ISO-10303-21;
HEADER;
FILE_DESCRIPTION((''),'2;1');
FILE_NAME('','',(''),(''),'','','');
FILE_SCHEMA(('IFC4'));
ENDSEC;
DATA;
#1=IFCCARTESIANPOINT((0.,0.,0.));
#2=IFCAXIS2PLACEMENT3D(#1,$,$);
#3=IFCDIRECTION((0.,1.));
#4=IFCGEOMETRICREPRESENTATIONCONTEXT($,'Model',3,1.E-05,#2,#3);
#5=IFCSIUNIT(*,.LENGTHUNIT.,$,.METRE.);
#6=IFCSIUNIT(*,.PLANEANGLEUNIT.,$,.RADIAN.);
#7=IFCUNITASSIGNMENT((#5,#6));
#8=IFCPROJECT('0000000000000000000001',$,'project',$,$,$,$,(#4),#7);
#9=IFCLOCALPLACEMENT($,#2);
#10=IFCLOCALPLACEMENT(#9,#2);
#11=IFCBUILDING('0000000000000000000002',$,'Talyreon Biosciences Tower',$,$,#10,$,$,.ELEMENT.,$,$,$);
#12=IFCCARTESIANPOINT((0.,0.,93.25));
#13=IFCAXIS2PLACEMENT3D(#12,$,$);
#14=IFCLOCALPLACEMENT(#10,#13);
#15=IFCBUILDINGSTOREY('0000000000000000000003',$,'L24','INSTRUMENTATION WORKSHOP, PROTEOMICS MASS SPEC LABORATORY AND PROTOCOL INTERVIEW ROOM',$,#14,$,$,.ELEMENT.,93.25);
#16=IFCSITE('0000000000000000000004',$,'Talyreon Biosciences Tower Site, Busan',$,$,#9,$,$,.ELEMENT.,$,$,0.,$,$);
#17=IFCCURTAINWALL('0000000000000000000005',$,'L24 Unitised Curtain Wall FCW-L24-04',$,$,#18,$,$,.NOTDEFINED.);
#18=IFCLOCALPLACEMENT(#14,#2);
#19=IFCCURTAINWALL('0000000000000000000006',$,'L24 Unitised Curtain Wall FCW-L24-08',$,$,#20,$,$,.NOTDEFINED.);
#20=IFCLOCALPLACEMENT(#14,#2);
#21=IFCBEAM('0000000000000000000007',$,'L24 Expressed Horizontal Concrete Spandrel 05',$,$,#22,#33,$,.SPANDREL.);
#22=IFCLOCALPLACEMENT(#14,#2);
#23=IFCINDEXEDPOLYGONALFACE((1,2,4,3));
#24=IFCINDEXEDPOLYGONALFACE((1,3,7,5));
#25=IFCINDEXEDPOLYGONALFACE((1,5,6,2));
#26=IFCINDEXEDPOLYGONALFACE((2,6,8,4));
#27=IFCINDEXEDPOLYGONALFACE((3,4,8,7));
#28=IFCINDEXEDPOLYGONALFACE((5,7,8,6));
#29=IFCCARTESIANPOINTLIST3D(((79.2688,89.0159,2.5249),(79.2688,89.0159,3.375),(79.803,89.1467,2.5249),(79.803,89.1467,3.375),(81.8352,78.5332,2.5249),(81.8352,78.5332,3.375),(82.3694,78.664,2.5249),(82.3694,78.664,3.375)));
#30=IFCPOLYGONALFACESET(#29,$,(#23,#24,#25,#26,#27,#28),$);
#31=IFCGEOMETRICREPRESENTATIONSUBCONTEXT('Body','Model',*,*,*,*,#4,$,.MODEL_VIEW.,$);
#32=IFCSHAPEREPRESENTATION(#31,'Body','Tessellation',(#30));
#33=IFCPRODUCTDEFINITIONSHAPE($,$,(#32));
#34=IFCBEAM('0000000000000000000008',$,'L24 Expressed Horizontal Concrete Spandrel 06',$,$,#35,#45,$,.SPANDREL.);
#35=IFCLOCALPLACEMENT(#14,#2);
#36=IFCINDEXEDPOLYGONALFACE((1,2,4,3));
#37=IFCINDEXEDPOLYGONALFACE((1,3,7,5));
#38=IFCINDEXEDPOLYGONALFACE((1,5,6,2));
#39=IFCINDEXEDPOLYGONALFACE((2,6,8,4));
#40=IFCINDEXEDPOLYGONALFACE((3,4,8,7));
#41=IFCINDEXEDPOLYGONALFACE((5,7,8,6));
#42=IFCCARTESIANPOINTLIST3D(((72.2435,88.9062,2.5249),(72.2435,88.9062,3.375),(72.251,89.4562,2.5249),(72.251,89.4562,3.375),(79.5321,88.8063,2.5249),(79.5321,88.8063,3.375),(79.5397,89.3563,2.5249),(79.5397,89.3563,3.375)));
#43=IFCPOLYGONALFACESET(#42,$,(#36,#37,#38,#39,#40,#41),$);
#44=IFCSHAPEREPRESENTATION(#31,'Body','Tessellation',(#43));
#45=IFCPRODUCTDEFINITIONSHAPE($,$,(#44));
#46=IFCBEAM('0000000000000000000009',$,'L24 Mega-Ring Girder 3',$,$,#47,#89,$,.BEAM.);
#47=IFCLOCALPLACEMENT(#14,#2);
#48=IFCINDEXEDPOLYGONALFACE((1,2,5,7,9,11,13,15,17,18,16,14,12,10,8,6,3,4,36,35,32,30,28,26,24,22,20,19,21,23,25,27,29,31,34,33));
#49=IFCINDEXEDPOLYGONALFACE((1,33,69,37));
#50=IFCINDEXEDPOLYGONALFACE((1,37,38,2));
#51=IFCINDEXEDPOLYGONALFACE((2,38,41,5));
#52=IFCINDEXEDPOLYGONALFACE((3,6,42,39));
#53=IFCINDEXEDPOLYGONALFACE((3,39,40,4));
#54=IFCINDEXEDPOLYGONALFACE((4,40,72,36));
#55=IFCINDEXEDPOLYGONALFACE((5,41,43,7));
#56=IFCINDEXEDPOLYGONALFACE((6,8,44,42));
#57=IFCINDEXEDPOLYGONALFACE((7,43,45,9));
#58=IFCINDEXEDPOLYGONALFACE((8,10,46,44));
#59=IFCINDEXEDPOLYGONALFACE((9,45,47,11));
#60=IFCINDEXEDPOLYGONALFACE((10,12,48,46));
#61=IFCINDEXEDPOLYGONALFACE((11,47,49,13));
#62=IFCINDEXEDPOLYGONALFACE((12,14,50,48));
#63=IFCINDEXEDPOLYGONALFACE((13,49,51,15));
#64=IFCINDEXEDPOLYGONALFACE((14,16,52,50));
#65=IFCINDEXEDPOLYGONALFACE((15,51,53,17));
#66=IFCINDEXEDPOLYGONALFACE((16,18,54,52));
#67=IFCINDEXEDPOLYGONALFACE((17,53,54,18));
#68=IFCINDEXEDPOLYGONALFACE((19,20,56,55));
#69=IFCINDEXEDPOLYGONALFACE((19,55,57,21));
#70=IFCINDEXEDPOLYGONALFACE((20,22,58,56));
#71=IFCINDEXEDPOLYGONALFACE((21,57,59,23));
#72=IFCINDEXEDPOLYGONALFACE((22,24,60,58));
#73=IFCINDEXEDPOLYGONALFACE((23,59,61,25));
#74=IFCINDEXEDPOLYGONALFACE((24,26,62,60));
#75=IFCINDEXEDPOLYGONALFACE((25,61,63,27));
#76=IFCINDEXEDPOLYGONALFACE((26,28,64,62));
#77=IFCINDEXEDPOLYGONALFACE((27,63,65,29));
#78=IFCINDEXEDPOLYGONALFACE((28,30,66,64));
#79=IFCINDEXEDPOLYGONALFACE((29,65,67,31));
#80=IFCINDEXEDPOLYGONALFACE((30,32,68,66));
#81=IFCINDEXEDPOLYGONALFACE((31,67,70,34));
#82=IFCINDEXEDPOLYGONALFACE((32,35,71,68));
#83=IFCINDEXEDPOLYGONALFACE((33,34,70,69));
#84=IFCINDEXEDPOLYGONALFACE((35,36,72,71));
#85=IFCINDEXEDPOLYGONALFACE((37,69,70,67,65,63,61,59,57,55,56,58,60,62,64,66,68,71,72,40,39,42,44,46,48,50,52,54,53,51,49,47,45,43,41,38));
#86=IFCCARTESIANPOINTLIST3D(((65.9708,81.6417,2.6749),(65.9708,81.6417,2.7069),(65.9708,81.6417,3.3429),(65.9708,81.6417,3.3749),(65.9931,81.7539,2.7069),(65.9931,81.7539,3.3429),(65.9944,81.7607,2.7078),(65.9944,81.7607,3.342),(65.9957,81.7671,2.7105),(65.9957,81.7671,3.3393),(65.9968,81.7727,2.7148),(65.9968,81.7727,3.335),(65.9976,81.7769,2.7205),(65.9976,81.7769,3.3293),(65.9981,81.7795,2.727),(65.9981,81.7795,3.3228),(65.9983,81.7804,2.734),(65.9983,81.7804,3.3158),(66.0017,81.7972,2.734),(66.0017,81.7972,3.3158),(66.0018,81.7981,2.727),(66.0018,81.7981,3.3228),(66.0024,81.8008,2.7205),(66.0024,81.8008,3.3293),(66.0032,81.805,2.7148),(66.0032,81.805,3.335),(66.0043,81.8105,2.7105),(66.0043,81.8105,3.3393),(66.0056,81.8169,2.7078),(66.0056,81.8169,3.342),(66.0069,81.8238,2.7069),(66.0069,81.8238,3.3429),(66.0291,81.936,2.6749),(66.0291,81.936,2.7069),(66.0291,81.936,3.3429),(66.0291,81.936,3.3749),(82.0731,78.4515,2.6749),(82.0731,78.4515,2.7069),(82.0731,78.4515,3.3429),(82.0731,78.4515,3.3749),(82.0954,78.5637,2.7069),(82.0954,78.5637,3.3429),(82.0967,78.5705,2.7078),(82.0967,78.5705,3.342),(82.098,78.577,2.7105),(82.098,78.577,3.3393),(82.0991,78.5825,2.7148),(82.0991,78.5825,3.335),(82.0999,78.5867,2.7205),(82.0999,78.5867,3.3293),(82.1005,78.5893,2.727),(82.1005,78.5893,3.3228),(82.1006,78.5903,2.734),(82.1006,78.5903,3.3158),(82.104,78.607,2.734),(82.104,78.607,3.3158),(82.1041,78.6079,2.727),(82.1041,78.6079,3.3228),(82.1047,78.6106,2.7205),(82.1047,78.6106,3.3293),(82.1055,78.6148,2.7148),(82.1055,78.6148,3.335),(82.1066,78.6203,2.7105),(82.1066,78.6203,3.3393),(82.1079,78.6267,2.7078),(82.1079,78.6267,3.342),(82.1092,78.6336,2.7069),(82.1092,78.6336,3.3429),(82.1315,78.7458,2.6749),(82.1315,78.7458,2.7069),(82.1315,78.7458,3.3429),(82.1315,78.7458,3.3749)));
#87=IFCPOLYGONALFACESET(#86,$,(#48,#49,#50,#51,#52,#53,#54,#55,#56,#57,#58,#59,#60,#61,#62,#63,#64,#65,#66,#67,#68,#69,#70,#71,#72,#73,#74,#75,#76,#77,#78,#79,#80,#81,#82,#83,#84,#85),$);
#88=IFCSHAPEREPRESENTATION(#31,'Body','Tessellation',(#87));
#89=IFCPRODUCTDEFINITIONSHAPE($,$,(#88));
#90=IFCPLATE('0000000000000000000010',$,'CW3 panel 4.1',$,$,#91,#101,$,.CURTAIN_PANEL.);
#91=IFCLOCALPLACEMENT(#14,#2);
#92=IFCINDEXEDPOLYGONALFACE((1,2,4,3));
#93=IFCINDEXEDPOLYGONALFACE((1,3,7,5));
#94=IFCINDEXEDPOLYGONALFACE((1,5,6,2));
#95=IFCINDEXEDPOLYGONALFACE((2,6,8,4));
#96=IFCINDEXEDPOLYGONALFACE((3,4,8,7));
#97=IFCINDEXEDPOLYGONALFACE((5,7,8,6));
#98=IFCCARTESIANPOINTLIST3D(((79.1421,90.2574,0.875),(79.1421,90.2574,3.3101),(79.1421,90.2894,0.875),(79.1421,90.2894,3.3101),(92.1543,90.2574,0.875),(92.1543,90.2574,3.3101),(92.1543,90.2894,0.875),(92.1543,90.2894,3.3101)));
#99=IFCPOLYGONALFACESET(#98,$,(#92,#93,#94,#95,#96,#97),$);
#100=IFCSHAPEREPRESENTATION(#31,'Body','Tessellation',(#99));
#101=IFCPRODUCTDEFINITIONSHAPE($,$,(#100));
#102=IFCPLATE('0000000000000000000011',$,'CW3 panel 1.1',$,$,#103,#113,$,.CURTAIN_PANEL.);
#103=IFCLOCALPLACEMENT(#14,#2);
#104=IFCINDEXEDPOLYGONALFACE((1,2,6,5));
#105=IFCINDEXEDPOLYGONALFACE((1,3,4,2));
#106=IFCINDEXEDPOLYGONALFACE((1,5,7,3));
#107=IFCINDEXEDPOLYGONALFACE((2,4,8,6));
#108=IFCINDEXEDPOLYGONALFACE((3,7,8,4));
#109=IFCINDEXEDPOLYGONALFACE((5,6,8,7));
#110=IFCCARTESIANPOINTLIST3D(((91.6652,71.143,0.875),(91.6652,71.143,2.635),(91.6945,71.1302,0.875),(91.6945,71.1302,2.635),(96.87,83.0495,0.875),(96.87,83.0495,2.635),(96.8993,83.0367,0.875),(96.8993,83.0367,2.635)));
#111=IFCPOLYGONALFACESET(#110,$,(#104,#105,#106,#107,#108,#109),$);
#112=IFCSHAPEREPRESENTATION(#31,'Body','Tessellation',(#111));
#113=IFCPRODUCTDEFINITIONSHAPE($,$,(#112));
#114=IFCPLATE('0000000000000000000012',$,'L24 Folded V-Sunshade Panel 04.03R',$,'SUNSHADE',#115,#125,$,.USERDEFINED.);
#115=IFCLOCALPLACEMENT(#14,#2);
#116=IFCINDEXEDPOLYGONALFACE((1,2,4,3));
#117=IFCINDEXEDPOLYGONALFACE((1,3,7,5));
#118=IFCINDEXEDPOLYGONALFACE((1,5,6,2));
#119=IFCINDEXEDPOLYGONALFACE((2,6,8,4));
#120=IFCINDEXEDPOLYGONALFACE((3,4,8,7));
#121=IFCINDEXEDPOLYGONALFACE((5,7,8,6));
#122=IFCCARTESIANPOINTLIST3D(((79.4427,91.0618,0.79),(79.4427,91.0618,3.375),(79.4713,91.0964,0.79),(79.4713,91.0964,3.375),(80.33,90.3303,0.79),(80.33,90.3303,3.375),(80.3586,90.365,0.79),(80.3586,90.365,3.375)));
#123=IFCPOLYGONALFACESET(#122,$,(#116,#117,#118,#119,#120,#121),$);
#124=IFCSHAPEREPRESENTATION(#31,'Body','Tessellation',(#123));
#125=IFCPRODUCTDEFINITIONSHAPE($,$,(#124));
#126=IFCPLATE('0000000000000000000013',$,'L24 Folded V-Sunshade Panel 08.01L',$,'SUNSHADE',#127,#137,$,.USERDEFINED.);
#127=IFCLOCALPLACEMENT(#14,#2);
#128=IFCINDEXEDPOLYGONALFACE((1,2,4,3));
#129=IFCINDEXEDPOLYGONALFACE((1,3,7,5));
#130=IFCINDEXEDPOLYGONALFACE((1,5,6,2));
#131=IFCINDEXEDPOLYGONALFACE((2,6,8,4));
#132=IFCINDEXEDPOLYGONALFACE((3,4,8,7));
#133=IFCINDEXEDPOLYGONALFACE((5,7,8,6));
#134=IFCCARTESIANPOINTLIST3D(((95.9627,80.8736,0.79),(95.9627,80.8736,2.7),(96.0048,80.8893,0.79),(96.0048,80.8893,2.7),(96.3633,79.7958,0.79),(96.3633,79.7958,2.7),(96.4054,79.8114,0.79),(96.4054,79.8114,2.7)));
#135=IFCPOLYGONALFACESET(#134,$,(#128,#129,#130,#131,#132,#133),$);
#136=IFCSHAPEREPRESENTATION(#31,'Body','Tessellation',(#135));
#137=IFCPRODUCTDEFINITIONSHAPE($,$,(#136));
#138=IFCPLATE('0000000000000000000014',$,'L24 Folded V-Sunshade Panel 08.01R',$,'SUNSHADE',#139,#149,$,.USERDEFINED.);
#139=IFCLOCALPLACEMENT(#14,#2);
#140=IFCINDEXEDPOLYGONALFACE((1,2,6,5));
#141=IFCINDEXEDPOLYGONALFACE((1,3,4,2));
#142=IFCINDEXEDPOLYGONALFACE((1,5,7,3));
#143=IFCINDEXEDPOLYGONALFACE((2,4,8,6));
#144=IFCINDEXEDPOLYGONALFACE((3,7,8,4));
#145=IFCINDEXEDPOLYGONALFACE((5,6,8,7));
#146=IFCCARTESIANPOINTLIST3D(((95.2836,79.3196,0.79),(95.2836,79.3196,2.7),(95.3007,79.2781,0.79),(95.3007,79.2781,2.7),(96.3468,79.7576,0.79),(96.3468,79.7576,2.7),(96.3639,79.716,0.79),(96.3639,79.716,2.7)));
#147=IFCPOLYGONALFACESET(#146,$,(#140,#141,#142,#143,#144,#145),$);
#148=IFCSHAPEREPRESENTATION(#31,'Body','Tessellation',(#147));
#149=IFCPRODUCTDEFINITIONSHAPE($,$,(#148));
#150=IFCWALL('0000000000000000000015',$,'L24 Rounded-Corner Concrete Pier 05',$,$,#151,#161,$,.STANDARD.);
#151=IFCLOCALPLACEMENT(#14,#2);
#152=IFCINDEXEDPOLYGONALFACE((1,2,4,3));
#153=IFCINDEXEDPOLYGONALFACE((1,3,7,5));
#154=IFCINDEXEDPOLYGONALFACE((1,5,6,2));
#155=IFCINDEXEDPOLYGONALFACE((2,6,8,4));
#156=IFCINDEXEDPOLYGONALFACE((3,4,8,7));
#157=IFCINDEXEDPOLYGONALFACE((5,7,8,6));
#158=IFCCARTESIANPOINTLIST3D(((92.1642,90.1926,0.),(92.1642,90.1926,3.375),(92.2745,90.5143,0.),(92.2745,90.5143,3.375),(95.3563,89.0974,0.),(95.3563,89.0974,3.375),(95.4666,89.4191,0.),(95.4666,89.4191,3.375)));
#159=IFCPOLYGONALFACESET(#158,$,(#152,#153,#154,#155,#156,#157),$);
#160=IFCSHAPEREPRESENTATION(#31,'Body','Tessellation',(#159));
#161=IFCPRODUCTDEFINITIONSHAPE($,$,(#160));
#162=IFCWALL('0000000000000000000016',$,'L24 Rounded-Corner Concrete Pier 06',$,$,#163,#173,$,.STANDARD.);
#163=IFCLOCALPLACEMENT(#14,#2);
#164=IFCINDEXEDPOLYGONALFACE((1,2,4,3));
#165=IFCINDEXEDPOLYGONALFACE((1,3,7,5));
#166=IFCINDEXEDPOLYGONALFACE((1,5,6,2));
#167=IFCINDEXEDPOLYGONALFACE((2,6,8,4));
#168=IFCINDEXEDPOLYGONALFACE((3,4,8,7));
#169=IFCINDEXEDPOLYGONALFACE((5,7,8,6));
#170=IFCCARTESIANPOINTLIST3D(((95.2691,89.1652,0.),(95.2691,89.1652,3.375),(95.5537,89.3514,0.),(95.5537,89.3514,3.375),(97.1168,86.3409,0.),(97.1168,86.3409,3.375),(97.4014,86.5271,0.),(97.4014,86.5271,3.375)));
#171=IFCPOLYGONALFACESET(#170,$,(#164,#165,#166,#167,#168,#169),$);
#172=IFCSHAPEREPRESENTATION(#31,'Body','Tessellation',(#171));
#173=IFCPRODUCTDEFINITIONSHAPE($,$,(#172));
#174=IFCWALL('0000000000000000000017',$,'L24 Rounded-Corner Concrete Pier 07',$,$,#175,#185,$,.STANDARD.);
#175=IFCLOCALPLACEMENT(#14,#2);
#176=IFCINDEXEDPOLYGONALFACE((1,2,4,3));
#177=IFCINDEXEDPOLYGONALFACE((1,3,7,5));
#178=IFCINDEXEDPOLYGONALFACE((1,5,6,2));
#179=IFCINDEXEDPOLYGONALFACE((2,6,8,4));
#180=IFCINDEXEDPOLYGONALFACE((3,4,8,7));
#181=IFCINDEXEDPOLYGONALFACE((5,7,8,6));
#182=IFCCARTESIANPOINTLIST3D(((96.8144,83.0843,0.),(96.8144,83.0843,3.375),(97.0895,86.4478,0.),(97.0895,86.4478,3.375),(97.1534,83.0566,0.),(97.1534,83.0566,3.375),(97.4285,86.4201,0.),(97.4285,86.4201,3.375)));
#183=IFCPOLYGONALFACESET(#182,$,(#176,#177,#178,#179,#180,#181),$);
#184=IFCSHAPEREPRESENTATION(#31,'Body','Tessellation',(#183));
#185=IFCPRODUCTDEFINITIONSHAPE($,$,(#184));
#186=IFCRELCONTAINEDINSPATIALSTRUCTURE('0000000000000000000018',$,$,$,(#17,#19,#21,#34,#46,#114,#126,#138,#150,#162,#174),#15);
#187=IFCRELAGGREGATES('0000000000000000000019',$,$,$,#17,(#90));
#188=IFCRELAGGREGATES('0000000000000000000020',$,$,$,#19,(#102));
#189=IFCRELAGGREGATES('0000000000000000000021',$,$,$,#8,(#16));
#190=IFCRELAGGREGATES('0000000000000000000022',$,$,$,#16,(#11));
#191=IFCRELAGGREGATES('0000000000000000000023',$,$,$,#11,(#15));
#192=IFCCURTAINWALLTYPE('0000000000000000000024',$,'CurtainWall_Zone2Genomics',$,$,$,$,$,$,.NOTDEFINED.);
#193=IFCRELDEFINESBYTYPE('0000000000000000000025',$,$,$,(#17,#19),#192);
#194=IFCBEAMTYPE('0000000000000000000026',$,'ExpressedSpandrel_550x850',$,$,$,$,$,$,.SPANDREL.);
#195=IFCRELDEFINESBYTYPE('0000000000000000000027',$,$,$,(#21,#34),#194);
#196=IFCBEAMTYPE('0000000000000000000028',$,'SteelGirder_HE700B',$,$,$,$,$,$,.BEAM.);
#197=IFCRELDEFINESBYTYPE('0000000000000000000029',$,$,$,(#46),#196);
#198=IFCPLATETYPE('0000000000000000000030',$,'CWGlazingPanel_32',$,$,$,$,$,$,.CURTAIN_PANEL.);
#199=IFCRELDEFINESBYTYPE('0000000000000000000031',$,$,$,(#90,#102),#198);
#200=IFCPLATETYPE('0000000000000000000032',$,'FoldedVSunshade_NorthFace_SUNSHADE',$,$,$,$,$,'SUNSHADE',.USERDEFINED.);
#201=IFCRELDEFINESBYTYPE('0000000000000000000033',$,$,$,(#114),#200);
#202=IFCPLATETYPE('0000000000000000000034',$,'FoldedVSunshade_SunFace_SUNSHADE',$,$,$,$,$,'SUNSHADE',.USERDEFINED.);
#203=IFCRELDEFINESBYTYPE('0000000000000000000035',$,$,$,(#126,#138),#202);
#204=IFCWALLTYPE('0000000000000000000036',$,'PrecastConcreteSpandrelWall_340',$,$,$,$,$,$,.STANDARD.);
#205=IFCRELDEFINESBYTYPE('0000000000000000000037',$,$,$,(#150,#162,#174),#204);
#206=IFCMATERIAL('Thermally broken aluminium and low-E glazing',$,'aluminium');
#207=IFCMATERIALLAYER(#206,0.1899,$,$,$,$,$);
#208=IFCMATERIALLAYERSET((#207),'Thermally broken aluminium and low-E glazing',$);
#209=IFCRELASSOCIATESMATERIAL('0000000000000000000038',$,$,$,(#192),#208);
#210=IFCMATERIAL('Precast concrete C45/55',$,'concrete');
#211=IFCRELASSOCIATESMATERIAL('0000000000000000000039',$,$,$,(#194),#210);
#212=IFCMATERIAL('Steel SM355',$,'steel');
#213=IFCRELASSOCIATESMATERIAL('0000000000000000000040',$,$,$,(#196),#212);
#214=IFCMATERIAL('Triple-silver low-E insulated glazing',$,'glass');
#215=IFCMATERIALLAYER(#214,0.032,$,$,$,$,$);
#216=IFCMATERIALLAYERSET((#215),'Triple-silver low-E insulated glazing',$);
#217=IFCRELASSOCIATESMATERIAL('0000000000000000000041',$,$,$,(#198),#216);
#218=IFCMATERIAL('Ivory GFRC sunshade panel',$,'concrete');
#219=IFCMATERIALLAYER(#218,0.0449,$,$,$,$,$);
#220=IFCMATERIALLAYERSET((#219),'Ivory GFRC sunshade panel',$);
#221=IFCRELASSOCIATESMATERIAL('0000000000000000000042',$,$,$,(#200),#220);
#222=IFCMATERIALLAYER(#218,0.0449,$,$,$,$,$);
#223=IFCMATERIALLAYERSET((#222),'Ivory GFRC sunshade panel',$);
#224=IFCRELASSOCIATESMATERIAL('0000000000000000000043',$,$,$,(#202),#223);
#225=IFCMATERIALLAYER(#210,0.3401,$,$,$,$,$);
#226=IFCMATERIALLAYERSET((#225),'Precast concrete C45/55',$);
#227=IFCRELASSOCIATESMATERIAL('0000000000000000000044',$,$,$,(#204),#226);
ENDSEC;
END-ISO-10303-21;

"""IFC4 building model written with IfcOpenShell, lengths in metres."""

from ifc_helpers import new_model, si_unit, direction, frame, frame_2d, origin, origin_2d, place, context, subcontext, project, spatial, rectangle, i_section, extrude, material, layer, layer_set, material_profile, profile_set, type_object, element, aggregate, save


model = new_model("IFC4")

# Units and contexts
model_context = context("Model", 3, precision=1e-05, world=origin(), true_north=direction((0.0, 1.0)))
body_context = subcontext(model_context, "Body", "Model", "MODEL_VIEW")
ifc_project = project(units=[si_unit("LENGTHUNIT", "METRE"), si_unit("PLANEANGLEUNIT", "RADIAN")], contexts=[model_context])

# Site, building, storey
site_placement = place(None, origin())
site = spatial("IfcSite", under=ifc_project, at=site_placement, Name="Talyreon Biosciences Tower Site, Busan", CompositionType="ELEMENT", RefElevation=0.0)
building_placement = place(site_placement, origin())
building = spatial("IfcBuilding", under=site, at=building_placement, Name="Talyreon Biosciences Tower", CompositionType="ELEMENT")
storey_placement = place(building_placement, frame((0.0, 0.0, 93.25)))
storey = spatial("IfcBuildingStorey", under=building, at=storey_placement, Name="L24", Description="INSTRUMENTATION WORKSHOP, PROTEOMICS MASS SPEC LABORATORY AND PROTOCOL INTERVIEW ROOM", CompositionType="ELEMENT", Elevation=93.25)

# Curtain walls
ifc_material_1 = material(Name="Thermally broken aluminium and low-E glazing", Category="aluminium")
ifc_layer_1 = layer(ifc_material_1, 0.1899)
ifc_layer_set_1 = layer_set([ifc_layer_1], Name="Thermally broken aluminium and low-E glazing")
curtain_wall_type = type_object("IfcCurtainWallType", Name="CurtainWall_Zone2Genomics", PredefinedType="NOTDEFINED", material=ifc_layer_set_1)
curtain_wall_1_placement = place(storey_placement, origin())
curtain_wall_1 = element("IfcCurtainWall", 1, at=curtain_wall_1_placement, inside=storey, type_object=curtain_wall_type, Name="L24 Unitised Curtain Wall FCW-L24-04", PredefinedType="NOTDEFINED")
curtain_wall_2_placement = place(storey_placement, origin())
curtain_wall_2 = element("IfcCurtainWall", 2, at=curtain_wall_2_placement, inside=storey, type_object=curtain_wall_type, Name="L24 Unitised Curtain Wall FCW-L24-08", PredefinedType="NOTDEFINED")

# Beams
ifc_material_2 = material(Name="Precast concrete C45/55", Category="concrete")
ifc_material_profile_1 = material_profile(ifc_material_2, rectangle(XDim=0.55, YDim=0.8501, at=origin_2d()), Name="RCB 550x850")
ifc_profile_set_1 = profile_set([ifc_material_profile_1], Name="Precast concrete C45/55")
beam_type_1 = type_object("IfcBeamType", Name="ExpressedSpandrel_550x850", PredefinedType="SPANDREL", material=ifc_profile_set_1)
beam_1_placement = place(storey_placement, frame((82.1023, 78.5986, 2.95), z_axis=(-0.237801, 0.971314, 0.0), x_axis=(-0.971314, -0.237801, 0.0)))
element("IfcBeam", 3, at=beam_1_placement, inside=storey, type_object=beam_type_1, Name="L24 Expressed Horizontal Concrete Spandrel 05", PredefinedType="SPANDREL", context=body_context, shape_type="SweptSolid", body=[
    extrude(rectangle(XDim=0.55, YDim=0.8501, at=origin_2d()), origin(), (0.0, 0.0, 1.0), 10.7922),
])
beam_2_placement = place(storey_placement, frame((79.5359, 89.0813, 2.95), z_axis=(-0.999906, 0.013699, 0.0), x_axis=(-0.013699, -0.999906, 0.0)))
element("IfcBeam", 4, at=beam_2_placement, inside=storey, type_object=beam_type_1, Name="L24 Expressed Horizontal Concrete Spandrel 06", PredefinedType="SPANDREL", context=body_context, shape_type="SweptSolid", body=[
    extrude(rectangle(XDim=0.55, YDim=0.8501, at=origin_2d()), origin(), (0.0, 0.0, 1.0), 7.2893),
])
ifc_material_3 = material(Name="Steel SM355", Category="steel")
ifc_material_profile_2 = material_profile(ifc_material_3, i_section(OverallWidth=0.3, OverallDepth=0.7, WebThickness=0.0171, FlangeThickness=0.032, FilletRadius=0.0271, at=origin_2d()), Name="HE700B")
ifc_profile_set_2 = profile_set([ifc_material_profile_2], Name="Steel SM355")
beam_type_2 = type_object("IfcBeamType", Name="SteelGirder_HE700B", PredefinedType="BEAM", material=ifc_profile_set_2)
beam_3_placement = place(storey_placement, frame((82.1023, 78.5986, 3.0249), z_axis=(-0.980934, 0.194343, 0.0), x_axis=(-0.194343, -0.980934, 0.0)))
element("IfcBeam", 5, at=beam_3_placement, inside=storey, type_object=beam_type_2, Name="L24 Mega-Ring Girder 3", PredefinedType="BEAM", context=body_context, shape_type="SweptSolid", body=[
    extrude(i_section(OverallWidth=0.3, OverallDepth=0.7, WebThickness=0.0171, FlangeThickness=0.032, FilletRadius=0.0271, at=origin_2d()), origin(), (0.0, 0.0, 1.0), 16.4153),
])

# Plates
ifc_material_4 = material(Name="Triple-silver low-E insulated glazing", Category="glass")
ifc_layer_2 = layer(ifc_material_4, 0.032)
ifc_layer_set_2 = layer_set([ifc_layer_2], Name="Triple-silver low-E insulated glazing")
plate_type_1 = type_object("IfcPlateType", Name="CWGlazingPanel_32", PredefinedType="CURTAIN_PANEL", material=ifc_layer_set_2)
plate_1_placement = place(storey_placement, frame((85.6482, 90.2734, 0.875), z_axis=(0.0, 0.0, 1.0), x_axis=(1.0, 0.0, 0.0)))
plate_1 = element("IfcPlate", 6, at=plate_1_placement, type_object=plate_type_1, Name="CW3 panel 4.1", PredefinedType="CURTAIN_PANEL", context=body_context, shape_type="SweptSolid", body=[
    extrude(rectangle(XDim=13.0122, YDim=0.032, at=origin_2d()), origin(), (0.0, 0.0, 1.0), 2.4351),
])
aggregate(curtain_wall_1, [plate_1])
plate_2_placement = place(storey_placement, frame((94.2822, 77.0898, 0.875), z_axis=(0.0, 0.0, 1.0), x_axis=(-0.400542, -0.916278, 0.0)))
plate_2 = element("IfcPlate", 7, at=plate_2_placement, type_object=plate_type_1, Name="CW3 panel 1.1", PredefinedType="CURTAIN_PANEL", context=body_context, shape_type="SweptSolid", body=[
    extrude(rectangle(XDim=12.9944, YDim=0.032, at=origin_2d()), origin(), (0.0, 0.0, 1.0), 1.76),
])
aggregate(curtain_wall_2, [plate_2])

# Plates
ifc_material_5 = material(Name="Ivory GFRC sunshade panel", Category="concrete")
ifc_layer_3 = layer(ifc_material_5, 0.0449)
ifc_layer_set_3 = layer_set([ifc_layer_3], Name="Ivory GFRC sunshade panel")
plate_type_2 = type_object("IfcPlateType", Name="FoldedVSunshade_NorthFace_SUNSHADE", ElementType="SUNSHADE", PredefinedType="USERDEFINED", material=ifc_layer_set_3)
plate_3_placement = place(storey_placement, frame((79.9006, 90.7134, 0.79), z_axis=(0.0, 0.0, 1.0), x_axis=(0.771625, -0.636078, 0.0)))
element("IfcPlate", 8, at=plate_3_placement, inside=storey, type_object=plate_type_2, Name="L24 Folded V-Sunshade Panel 04.03R", ObjectType="SUNSHADE", PredefinedType="USERDEFINED", context=body_context, shape_type="SweptSolid", body=[
    extrude(rectangle(XDim=1.1499, YDim=0.0449, at=origin_2d()), origin(), (0.0, 0.0, 1.0), 2.585),
])
ifc_layer_4 = layer(ifc_material_5, 0.0449)
ifc_layer_set_4 = layer_set([ifc_layer_4], Name="Ivory GFRC sunshade panel")
plate_type_3 = type_object("IfcPlateType", Name="FoldedVSunshade_SunFace_SUNSHADE", ElementType="SUNSHADE", PredefinedType="USERDEFINED", material=ifc_layer_set_4)
for number, where, z_axis, x_axis, name in (
    (9, (96.1841, 80.3425, 0.79), (0.0, 0.0, 1.0), (0.348376, -0.937355, 0.0), "L24 Folded V-Sunshade Panel 08.01L"),
    (10, (95.8237, 79.5178, 0.79), (0.0, 0.0, 1.0), (-0.924626, -0.380877, 0.0), "L24 Folded V-Sunshade Panel 08.01R"),
):
    element("IfcPlate", number, at=place(storey_placement, frame(where, z_axis=z_axis, x_axis=x_axis)), inside=storey, type_object=plate_type_3, Name=name, ObjectType="SUNSHADE", PredefinedType="USERDEFINED", context=body_context, shape_type="SweptSolid", body=[
        extrude(rectangle(XDim=1.1499, YDim=0.0449, at=origin_2d()), origin(), (0.0, 0.0, 1.0), 1.9099),
    ])

# Walls
ifc_layer_5 = layer(ifc_material_2, 0.3401)
ifc_layer_set_5 = layer_set([ifc_layer_5], Name="Precast concrete C45/55")
wall_type = type_object("IfcWallType", Name="PrecastConcreteSpandrelWall_340", PredefinedType="STANDARD", material=ifc_layer_set_5)
wall_1_placement = place(storey_placement, frame((92.2192, 90.3535, 0.0), z_axis=(0.0, 0.0, 1.0), x_axis=(0.945876, -0.324528, 0.0)))
element("IfcWall", 11, at=wall_1_placement, inside=storey, type_object=wall_type, Name="L24 Rounded-Corner Concrete Pier 05", PredefinedType="STANDARD", context=body_context, shape_type="SweptSolid", body=[
    extrude(rectangle(XDim=3.3748, YDim=0.3401, at=frame_2d((1.6875, 0.0))), origin(), (0.0, 0.0, 1.0), 3.375),
])
wall_2_placement = place(storey_placement, frame((95.4114, 89.2583, 0.0), z_axis=(0.0, 0.0, 1.0), x_axis=(0.547468, -0.836827, 0.0)))
element("IfcWall", 12, at=wall_2_placement, inside=storey, type_object=wall_type, Name="L24 Rounded-Corner Concrete Pier 06", PredefinedType="STANDARD", context=body_context, shape_type="SweptSolid", body=[
    extrude(rectangle(XDim=3.375, YDim=0.3401, at=frame_2d((1.6875, 0.0))), origin(), (0.0, 0.0, 1.0), 3.375),
])
wall_3_placement = place(storey_placement, frame((97.259, 86.4341, 0.0), z_axis=(0.0, 0.0, 1.0), x_axis=(-0.081531, -0.996671, 0.0)))
element("IfcWall", 13, at=wall_3_placement, inside=storey, type_object=wall_type, Name="L24 Rounded-Corner Concrete Pier 07", PredefinedType="STANDARD", context=body_context, shape_type="SweptSolid", body=[
    extrude(rectangle(XDim=3.3748, YDim=0.3401, at=frame_2d((1.6875, 0.0))), origin(), (0.0, 0.0, 1.0), 3.375),
])

save(model, "model.ifc")
